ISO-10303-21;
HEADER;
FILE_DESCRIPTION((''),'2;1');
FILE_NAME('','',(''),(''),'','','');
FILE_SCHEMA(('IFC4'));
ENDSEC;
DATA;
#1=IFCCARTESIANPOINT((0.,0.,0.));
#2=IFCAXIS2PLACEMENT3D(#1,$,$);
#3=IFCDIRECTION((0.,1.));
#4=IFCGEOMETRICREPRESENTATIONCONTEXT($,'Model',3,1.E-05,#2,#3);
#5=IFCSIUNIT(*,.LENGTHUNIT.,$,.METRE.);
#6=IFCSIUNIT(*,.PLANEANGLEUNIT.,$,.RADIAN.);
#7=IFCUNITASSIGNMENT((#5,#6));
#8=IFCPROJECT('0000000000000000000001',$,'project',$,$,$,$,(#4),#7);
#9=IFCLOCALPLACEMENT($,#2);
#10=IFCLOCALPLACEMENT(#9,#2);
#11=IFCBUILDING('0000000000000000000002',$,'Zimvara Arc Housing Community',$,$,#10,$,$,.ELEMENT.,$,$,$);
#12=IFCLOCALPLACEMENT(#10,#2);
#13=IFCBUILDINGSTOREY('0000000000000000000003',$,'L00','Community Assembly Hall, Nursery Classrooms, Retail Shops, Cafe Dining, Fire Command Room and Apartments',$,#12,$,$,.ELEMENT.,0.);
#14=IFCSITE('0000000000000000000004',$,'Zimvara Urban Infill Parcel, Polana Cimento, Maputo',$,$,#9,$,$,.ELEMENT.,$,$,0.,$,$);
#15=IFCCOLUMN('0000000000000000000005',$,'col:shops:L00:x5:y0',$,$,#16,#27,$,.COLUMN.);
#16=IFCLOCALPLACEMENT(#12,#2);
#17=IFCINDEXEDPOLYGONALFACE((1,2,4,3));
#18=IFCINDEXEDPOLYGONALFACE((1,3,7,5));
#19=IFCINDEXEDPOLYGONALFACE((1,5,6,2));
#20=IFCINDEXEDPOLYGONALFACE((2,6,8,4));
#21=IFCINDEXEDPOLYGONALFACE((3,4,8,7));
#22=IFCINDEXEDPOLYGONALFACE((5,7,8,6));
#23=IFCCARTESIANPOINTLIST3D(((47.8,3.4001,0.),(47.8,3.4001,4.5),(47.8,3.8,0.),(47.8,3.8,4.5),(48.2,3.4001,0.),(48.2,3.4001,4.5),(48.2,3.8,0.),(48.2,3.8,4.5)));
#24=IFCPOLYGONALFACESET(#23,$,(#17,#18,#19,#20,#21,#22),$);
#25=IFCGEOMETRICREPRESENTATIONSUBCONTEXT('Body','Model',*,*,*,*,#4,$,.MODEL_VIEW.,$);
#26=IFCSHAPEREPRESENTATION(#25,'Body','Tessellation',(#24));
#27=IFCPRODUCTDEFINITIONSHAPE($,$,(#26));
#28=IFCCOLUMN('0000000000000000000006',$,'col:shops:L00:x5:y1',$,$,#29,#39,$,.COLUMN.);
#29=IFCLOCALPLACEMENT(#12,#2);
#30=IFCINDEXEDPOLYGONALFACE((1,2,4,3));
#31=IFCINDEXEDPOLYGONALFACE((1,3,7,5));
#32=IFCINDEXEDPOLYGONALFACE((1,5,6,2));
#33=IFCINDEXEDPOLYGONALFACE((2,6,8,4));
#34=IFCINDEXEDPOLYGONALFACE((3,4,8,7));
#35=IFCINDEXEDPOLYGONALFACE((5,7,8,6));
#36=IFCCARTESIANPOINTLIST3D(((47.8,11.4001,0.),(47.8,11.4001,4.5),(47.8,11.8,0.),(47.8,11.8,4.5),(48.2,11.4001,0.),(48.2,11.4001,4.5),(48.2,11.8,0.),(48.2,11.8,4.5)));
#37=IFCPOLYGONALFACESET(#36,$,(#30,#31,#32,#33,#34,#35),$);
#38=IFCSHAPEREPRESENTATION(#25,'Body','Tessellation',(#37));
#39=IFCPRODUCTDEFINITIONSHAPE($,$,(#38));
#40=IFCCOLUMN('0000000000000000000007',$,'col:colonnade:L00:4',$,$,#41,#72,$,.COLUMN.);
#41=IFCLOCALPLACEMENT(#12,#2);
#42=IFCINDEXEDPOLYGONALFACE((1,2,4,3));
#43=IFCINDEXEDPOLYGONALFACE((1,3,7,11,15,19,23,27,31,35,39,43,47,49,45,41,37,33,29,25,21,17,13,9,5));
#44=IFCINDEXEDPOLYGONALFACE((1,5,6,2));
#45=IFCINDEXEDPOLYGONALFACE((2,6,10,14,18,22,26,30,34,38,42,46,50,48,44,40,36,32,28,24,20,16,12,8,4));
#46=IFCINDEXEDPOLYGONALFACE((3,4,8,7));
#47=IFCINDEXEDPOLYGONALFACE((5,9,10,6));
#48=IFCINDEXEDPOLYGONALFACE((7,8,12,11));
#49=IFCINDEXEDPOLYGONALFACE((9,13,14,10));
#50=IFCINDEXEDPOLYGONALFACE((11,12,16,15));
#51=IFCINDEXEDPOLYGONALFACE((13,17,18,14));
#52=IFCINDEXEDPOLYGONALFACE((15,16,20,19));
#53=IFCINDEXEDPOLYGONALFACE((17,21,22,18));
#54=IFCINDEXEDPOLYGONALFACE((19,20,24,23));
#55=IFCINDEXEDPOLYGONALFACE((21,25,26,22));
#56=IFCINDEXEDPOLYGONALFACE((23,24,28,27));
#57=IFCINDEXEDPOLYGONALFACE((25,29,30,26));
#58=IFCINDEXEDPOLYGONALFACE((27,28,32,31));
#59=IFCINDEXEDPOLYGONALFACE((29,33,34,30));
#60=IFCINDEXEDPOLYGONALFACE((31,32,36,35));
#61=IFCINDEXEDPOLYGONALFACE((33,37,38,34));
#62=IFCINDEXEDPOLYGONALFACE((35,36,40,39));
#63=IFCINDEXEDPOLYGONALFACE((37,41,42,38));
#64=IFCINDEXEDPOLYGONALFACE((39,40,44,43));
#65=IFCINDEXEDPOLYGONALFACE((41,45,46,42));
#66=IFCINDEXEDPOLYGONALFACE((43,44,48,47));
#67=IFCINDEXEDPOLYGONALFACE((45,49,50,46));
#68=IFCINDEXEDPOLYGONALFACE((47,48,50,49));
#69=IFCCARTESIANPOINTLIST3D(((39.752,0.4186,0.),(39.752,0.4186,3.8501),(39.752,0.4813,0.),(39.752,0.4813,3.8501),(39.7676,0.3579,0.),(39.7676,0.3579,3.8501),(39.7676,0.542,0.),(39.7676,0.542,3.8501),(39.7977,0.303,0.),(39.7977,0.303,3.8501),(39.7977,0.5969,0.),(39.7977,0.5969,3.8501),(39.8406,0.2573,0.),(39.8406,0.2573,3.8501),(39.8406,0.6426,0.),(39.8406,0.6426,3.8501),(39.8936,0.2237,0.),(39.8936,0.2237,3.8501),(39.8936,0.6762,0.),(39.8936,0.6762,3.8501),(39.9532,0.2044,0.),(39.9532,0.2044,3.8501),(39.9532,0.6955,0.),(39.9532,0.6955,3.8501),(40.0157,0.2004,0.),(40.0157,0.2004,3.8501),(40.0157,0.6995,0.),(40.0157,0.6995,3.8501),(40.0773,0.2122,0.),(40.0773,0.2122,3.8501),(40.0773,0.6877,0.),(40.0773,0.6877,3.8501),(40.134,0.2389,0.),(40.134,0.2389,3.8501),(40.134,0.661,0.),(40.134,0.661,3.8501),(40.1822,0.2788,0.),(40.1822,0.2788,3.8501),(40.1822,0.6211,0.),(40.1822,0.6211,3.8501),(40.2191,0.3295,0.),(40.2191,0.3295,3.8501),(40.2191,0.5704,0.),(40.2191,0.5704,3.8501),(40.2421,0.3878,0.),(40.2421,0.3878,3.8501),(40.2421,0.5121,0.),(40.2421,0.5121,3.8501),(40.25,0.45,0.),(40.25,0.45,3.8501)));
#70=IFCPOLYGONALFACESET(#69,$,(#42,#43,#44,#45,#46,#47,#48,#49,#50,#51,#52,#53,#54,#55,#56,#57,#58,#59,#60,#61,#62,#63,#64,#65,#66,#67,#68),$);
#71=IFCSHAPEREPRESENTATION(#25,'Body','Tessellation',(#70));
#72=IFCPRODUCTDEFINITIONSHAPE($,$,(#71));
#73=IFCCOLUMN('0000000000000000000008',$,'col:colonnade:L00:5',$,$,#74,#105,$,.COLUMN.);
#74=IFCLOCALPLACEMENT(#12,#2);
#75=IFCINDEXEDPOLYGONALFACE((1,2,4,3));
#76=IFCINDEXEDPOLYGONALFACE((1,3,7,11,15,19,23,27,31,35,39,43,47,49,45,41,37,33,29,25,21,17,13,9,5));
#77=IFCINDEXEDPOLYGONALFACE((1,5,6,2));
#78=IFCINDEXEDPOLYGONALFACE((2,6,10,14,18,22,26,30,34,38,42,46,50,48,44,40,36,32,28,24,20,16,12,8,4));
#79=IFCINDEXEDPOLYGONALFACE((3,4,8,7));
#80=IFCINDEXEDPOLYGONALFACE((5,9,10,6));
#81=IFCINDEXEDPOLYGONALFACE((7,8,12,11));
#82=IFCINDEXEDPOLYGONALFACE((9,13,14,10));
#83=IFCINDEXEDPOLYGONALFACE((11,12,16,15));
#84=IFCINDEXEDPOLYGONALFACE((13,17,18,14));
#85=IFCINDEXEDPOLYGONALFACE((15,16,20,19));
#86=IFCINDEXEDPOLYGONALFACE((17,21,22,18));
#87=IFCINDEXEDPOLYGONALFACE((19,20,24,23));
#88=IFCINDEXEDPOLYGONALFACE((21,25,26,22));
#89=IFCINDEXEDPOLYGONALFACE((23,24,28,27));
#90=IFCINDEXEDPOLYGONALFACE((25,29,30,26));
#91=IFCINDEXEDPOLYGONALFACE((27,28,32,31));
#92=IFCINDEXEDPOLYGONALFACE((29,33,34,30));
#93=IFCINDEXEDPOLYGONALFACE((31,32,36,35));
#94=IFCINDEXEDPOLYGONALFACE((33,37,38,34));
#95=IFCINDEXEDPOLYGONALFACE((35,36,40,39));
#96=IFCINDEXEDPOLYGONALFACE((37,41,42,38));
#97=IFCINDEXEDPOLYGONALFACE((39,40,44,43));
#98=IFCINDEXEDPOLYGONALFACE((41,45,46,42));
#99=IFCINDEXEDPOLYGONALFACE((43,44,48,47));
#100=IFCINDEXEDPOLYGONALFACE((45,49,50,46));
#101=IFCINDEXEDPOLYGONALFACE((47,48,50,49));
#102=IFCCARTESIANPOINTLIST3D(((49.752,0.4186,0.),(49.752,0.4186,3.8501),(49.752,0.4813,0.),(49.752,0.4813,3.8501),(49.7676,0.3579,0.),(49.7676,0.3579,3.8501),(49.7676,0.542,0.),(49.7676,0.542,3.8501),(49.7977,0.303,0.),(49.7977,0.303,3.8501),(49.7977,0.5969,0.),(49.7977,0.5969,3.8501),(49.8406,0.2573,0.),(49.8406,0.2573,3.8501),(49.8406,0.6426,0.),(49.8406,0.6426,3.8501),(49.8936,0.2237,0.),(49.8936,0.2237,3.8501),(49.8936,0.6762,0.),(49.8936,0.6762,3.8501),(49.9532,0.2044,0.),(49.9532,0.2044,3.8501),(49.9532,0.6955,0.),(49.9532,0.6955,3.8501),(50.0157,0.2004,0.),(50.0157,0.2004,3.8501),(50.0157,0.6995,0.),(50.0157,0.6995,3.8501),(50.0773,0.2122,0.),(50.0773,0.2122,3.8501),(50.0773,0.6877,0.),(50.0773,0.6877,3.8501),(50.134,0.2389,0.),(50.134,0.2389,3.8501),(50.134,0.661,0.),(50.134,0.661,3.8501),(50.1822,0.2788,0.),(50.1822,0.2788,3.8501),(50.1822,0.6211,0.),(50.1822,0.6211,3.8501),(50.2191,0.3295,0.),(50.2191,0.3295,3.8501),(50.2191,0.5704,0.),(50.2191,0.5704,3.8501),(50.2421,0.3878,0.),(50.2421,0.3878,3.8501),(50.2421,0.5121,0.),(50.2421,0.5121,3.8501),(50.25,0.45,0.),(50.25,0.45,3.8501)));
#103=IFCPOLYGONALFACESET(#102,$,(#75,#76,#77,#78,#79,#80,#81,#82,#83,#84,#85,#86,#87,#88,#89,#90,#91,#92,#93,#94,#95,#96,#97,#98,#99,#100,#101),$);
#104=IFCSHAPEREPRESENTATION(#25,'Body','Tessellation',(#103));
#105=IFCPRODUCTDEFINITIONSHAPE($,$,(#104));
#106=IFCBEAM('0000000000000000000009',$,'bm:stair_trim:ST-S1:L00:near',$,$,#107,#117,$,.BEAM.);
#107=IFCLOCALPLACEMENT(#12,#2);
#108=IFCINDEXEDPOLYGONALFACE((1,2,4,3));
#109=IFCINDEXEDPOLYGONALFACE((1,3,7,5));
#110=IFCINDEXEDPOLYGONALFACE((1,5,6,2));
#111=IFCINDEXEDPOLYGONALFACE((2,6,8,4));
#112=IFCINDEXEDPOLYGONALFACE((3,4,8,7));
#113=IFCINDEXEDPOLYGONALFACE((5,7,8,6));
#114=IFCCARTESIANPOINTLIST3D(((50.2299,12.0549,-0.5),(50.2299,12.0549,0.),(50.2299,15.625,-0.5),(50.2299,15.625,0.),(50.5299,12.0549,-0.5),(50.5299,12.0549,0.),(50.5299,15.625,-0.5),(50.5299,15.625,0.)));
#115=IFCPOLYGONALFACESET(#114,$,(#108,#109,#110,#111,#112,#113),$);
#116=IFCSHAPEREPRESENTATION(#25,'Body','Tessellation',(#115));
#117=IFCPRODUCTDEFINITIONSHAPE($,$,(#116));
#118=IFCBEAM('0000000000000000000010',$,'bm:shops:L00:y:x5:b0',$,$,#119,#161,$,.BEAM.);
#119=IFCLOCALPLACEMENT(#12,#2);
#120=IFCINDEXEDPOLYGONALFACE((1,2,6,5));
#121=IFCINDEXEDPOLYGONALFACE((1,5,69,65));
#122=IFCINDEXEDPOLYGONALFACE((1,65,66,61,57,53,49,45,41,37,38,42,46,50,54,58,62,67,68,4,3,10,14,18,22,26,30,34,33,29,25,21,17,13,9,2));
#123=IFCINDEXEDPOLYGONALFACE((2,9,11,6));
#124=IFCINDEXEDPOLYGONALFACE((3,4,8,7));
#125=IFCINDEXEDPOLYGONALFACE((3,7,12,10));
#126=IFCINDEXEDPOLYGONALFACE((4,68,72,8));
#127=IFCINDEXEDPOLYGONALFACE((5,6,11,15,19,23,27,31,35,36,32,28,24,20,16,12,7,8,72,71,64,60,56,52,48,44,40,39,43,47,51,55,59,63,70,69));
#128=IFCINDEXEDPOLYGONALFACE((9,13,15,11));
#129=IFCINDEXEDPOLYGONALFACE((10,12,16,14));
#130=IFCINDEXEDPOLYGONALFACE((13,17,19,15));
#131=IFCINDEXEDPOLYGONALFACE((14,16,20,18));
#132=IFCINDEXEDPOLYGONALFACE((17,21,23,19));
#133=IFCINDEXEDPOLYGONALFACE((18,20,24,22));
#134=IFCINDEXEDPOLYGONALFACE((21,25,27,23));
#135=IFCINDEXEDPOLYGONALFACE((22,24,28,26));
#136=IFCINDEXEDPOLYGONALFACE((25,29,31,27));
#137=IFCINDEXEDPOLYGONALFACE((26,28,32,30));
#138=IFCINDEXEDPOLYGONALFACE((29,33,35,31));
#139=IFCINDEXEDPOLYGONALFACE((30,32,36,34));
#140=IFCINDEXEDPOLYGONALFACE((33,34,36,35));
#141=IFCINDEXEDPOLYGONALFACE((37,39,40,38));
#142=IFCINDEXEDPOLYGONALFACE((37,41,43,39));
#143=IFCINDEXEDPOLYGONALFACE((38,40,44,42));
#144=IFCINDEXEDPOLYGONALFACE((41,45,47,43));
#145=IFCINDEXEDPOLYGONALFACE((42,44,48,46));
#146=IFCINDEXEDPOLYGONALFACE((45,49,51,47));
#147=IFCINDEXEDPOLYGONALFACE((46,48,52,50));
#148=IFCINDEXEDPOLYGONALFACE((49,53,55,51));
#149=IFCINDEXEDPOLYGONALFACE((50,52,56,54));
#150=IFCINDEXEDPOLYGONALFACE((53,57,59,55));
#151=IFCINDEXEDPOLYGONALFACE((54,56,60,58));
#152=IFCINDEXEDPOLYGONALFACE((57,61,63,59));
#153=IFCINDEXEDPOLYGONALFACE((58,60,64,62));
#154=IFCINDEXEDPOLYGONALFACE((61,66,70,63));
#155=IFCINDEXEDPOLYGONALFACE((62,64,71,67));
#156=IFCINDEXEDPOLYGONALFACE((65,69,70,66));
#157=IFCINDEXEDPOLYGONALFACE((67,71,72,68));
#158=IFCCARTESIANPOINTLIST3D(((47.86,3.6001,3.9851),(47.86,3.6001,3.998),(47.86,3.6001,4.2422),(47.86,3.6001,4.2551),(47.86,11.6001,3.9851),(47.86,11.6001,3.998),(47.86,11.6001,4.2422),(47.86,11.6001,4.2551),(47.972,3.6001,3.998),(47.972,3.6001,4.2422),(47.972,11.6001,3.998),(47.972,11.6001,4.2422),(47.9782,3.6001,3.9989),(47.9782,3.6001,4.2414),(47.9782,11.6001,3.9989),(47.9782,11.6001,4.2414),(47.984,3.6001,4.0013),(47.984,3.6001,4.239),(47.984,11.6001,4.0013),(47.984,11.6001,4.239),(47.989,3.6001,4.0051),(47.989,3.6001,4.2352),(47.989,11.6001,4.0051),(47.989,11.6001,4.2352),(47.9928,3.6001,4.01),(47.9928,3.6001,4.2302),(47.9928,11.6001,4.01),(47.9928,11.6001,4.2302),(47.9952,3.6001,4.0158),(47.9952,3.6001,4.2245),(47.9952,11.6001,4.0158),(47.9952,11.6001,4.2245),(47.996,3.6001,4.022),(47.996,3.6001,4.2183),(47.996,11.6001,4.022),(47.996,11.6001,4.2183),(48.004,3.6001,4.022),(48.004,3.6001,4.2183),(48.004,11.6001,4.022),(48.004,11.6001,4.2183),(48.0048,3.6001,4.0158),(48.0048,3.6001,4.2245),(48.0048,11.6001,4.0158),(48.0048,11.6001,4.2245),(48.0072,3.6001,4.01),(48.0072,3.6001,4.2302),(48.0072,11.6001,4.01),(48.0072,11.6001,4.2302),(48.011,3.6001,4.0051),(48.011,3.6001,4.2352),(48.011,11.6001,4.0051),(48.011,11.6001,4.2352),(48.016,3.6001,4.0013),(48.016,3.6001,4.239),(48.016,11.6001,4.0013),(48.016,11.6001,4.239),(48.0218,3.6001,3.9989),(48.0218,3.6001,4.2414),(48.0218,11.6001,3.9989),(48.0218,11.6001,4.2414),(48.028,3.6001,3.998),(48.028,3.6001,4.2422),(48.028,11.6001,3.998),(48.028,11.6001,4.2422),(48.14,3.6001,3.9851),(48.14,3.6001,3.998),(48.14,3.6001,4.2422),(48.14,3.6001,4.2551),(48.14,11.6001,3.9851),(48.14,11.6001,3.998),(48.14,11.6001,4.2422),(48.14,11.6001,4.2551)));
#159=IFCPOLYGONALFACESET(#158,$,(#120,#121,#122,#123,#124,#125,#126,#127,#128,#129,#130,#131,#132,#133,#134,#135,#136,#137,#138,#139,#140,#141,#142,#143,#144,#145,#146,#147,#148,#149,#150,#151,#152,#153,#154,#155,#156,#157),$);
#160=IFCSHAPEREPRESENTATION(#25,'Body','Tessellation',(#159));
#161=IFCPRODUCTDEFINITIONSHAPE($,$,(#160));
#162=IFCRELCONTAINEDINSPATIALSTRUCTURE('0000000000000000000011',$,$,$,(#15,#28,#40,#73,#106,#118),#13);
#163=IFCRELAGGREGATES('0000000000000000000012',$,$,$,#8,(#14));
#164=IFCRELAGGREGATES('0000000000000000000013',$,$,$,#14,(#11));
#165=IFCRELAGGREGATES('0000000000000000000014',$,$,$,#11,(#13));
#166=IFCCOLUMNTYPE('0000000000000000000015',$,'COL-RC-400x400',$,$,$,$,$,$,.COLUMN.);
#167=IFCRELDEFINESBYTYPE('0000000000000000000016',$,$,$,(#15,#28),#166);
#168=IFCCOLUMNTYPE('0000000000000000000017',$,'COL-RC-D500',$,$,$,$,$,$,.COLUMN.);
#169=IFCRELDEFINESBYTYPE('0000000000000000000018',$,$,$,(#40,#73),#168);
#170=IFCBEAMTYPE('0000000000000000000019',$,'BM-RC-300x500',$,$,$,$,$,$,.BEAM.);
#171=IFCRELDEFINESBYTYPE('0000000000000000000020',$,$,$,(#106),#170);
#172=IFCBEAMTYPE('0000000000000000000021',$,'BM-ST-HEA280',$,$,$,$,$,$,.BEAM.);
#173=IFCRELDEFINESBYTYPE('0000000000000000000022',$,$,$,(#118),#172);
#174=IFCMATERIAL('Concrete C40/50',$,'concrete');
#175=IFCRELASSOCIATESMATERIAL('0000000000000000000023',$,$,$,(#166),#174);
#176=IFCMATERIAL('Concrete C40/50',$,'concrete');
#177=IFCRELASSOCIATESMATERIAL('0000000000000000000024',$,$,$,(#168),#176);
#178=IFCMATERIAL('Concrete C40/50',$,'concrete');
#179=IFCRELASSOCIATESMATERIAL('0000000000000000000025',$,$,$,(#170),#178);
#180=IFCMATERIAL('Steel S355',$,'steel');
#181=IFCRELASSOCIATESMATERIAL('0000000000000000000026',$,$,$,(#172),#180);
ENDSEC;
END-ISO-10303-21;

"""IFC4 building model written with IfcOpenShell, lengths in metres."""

from ifc_helpers import new_model, si_unit, direction, frame, origin, origin_2d, place, context, subcontext, project, spatial, rectangle, circle, i_section, extrude, material, material_profile, profile_set, type_object, element, save


model = new_model("IFC4")

# Units and contexts
model_context = context("Model", 3, precision=1e-05, world=origin(), true_north=direction((0.0, 1.0)))
body_context = subcontext(model_context, "Body", "Model", "MODEL_VIEW")
ifc_project = project(units=[si_unit("LENGTHUNIT", "METRE"), si_unit("PLANEANGLEUNIT", "RADIAN")], contexts=[model_context])

# Site, building, storey
site_placement = place(None, origin())
site = spatial("IfcSite", under=ifc_project, at=site_placement, Name="Zimvara Urban Infill Parcel, Polana Cimento, Maputo", CompositionType="ELEMENT", RefElevation=0.0)
building_placement = place(site_placement, origin())
building = spatial("IfcBuilding", under=site, at=building_placement, Name="Zimvara Arc Housing Community", CompositionType="ELEMENT")
storey_placement = place(building_placement, origin())
storey = spatial("IfcBuildingStorey", under=building, at=storey_placement, Name="L00", Description="Community Assembly Hall, Nursery Classrooms, Retail Shops, Cafe Dining, Fire Command Room and Apartments", CompositionType="ELEMENT", Elevation=0.0)

# Columns
ifc_material_1 = material(Name="Concrete C40/50", Category="concrete")
ifc_material_profile_1 = material_profile(ifc_material_1, rectangle(XDim=0.3999, YDim=0.3999, at=origin_2d()), Name="RC 400x400")
ifc_profile_set_1 = profile_set([ifc_material_profile_1], Name="Concrete C40/50")
column_type_1 = type_object("IfcColumnType", Name="COL-RC-400x400", PredefinedType="COLUMN", material=ifc_profile_set_1)
for number, where, z_axis, x_axis, name in (
    (1, (48.0, 3.6001, 0.0), (0.0, 0.0, 1.0), (1.0, 0.0, 0.0), "col:shops:L00:x5:y0"),
    (2, (48.0, 11.6001, 0.0), (0.0, 0.0, 1.0), (1.0, 0.0, 0.0), "col:shops:L00:x5:y1"),
):
    element("IfcColumn", number, at=place(storey_placement, frame(where, z_axis=z_axis, x_axis=x_axis)), inside=storey, type_object=column_type_1, Name=name, PredefinedType="COLUMN", context=body_context, shape_type="SweptSolid", body=[
        extrude(rectangle(XDim=0.3999, YDim=0.3999, at=origin_2d()), origin(), (0.0, 0.0, 1.0), 4.5),
    ])
ifc_material_2 = material(Name="Concrete C40/50", Category="concrete")
ifc_material_profile_2 = material_profile(ifc_material_2, circle(Radius=0.25, at=origin_2d()), Name="RC D500")
ifc_profile_set_2 = profile_set([ifc_material_profile_2], Name="Concrete C40/50")
column_type_2 = type_object("IfcColumnType", Name="COL-RC-D500", PredefinedType="COLUMN", material=ifc_profile_set_2)
for number, where, z_axis, x_axis, name in (
    (3, (40.0, 0.45, 0.0), (0.0, 0.0, 1.0), (1.0, 0.0, 0.0), "col:colonnade:L00:4"),
    (4, (50.0, 0.45, 0.0), (0.0, 0.0, 1.0), (1.0, 0.0, 0.0), "col:colonnade:L00:5"),
):
    element("IfcColumn", number, at=place(storey_placement, frame(where, z_axis=z_axis, x_axis=x_axis)), inside=storey, type_object=column_type_2, Name=name, PredefinedType="COLUMN", context=body_context, shape_type="SweptSolid", body=[
        extrude(circle(Radius=0.25, at=origin_2d()), origin(), (0.0, 0.0, 1.0), 3.8501),
    ])

# Beams
ifc_material_3 = material(Name="Concrete C40/50", Category="concrete")
ifc_material_profile_3 = material_profile(ifc_material_3, rectangle(XDim=0.3, YDim=0.5, at=origin_2d()), Name="RC 300x500")
ifc_profile_set_3 = profile_set([ifc_material_profile_3], Name="Concrete C40/50")
beam_type_1 = type_object("IfcBeamType", Name="BM-RC-300x500", PredefinedType="BEAM", material=ifc_profile_set_3)
beam_placement = place(storey_placement, frame((50.3799, 12.0549, -0.25), z_axis=(0.0, 1.0, 0.0), x_axis=(-1.0, 0.0, 0.0)))
element("IfcBeam", 5, at=beam_placement, inside=storey, type_object=beam_type_1, Name="bm:stair_trim:ST-S1:L00:near", PredefinedType="BEAM", context=body_context, shape_type="SweptSolid", body=[
    extrude(rectangle(XDim=0.3, YDim=0.5, at=origin_2d()), origin(), (0.0, 0.0, 1.0), 3.5701),
])
ifc_material_4 = material(Name="Steel S355", Category="steel")
ifc_material_profile_4 = material_profile(ifc_material_4, i_section(OverallWidth=0.28, OverallDepth=0.27, WebThickness=0.0081, FlangeThickness=0.0129, FilletRadius=0.0239, at=origin_2d()), Name="HEA 280")
ifc_profile_set_4 = profile_set([ifc_material_profile_4], Name="Steel S355")
beam_type_2 = type_object("IfcBeamType", Name="BM-ST-HEA280", PredefinedType="BEAM", material=ifc_profile_set_4)
for number, where, z_axis, x_axis, name in (
    (6, (48.0, 3.6001, 4.1201), (0.0, 1.0, 0.0), (-1.0, 0.0, 0.0), "bm:shops:L00:y:x5:b0"),
):
    element("IfcBeam", number, at=place(storey_placement, frame(where, z_axis=z_axis, x_axis=x_axis)), inside=storey, type_object=beam_type_2, Name=name, PredefinedType="BEAM", context=body_context, shape_type="SweptSolid", body=[
        extrude(i_section(OverallWidth=0.28, OverallDepth=0.27, WebThickness=0.0081, FlangeThickness=0.0129, FilletRadius=0.0239, at=origin_2d()), origin(), (0.0, 0.0, 1.0), 8.0),
    ])

save(model, "model.ifc")
